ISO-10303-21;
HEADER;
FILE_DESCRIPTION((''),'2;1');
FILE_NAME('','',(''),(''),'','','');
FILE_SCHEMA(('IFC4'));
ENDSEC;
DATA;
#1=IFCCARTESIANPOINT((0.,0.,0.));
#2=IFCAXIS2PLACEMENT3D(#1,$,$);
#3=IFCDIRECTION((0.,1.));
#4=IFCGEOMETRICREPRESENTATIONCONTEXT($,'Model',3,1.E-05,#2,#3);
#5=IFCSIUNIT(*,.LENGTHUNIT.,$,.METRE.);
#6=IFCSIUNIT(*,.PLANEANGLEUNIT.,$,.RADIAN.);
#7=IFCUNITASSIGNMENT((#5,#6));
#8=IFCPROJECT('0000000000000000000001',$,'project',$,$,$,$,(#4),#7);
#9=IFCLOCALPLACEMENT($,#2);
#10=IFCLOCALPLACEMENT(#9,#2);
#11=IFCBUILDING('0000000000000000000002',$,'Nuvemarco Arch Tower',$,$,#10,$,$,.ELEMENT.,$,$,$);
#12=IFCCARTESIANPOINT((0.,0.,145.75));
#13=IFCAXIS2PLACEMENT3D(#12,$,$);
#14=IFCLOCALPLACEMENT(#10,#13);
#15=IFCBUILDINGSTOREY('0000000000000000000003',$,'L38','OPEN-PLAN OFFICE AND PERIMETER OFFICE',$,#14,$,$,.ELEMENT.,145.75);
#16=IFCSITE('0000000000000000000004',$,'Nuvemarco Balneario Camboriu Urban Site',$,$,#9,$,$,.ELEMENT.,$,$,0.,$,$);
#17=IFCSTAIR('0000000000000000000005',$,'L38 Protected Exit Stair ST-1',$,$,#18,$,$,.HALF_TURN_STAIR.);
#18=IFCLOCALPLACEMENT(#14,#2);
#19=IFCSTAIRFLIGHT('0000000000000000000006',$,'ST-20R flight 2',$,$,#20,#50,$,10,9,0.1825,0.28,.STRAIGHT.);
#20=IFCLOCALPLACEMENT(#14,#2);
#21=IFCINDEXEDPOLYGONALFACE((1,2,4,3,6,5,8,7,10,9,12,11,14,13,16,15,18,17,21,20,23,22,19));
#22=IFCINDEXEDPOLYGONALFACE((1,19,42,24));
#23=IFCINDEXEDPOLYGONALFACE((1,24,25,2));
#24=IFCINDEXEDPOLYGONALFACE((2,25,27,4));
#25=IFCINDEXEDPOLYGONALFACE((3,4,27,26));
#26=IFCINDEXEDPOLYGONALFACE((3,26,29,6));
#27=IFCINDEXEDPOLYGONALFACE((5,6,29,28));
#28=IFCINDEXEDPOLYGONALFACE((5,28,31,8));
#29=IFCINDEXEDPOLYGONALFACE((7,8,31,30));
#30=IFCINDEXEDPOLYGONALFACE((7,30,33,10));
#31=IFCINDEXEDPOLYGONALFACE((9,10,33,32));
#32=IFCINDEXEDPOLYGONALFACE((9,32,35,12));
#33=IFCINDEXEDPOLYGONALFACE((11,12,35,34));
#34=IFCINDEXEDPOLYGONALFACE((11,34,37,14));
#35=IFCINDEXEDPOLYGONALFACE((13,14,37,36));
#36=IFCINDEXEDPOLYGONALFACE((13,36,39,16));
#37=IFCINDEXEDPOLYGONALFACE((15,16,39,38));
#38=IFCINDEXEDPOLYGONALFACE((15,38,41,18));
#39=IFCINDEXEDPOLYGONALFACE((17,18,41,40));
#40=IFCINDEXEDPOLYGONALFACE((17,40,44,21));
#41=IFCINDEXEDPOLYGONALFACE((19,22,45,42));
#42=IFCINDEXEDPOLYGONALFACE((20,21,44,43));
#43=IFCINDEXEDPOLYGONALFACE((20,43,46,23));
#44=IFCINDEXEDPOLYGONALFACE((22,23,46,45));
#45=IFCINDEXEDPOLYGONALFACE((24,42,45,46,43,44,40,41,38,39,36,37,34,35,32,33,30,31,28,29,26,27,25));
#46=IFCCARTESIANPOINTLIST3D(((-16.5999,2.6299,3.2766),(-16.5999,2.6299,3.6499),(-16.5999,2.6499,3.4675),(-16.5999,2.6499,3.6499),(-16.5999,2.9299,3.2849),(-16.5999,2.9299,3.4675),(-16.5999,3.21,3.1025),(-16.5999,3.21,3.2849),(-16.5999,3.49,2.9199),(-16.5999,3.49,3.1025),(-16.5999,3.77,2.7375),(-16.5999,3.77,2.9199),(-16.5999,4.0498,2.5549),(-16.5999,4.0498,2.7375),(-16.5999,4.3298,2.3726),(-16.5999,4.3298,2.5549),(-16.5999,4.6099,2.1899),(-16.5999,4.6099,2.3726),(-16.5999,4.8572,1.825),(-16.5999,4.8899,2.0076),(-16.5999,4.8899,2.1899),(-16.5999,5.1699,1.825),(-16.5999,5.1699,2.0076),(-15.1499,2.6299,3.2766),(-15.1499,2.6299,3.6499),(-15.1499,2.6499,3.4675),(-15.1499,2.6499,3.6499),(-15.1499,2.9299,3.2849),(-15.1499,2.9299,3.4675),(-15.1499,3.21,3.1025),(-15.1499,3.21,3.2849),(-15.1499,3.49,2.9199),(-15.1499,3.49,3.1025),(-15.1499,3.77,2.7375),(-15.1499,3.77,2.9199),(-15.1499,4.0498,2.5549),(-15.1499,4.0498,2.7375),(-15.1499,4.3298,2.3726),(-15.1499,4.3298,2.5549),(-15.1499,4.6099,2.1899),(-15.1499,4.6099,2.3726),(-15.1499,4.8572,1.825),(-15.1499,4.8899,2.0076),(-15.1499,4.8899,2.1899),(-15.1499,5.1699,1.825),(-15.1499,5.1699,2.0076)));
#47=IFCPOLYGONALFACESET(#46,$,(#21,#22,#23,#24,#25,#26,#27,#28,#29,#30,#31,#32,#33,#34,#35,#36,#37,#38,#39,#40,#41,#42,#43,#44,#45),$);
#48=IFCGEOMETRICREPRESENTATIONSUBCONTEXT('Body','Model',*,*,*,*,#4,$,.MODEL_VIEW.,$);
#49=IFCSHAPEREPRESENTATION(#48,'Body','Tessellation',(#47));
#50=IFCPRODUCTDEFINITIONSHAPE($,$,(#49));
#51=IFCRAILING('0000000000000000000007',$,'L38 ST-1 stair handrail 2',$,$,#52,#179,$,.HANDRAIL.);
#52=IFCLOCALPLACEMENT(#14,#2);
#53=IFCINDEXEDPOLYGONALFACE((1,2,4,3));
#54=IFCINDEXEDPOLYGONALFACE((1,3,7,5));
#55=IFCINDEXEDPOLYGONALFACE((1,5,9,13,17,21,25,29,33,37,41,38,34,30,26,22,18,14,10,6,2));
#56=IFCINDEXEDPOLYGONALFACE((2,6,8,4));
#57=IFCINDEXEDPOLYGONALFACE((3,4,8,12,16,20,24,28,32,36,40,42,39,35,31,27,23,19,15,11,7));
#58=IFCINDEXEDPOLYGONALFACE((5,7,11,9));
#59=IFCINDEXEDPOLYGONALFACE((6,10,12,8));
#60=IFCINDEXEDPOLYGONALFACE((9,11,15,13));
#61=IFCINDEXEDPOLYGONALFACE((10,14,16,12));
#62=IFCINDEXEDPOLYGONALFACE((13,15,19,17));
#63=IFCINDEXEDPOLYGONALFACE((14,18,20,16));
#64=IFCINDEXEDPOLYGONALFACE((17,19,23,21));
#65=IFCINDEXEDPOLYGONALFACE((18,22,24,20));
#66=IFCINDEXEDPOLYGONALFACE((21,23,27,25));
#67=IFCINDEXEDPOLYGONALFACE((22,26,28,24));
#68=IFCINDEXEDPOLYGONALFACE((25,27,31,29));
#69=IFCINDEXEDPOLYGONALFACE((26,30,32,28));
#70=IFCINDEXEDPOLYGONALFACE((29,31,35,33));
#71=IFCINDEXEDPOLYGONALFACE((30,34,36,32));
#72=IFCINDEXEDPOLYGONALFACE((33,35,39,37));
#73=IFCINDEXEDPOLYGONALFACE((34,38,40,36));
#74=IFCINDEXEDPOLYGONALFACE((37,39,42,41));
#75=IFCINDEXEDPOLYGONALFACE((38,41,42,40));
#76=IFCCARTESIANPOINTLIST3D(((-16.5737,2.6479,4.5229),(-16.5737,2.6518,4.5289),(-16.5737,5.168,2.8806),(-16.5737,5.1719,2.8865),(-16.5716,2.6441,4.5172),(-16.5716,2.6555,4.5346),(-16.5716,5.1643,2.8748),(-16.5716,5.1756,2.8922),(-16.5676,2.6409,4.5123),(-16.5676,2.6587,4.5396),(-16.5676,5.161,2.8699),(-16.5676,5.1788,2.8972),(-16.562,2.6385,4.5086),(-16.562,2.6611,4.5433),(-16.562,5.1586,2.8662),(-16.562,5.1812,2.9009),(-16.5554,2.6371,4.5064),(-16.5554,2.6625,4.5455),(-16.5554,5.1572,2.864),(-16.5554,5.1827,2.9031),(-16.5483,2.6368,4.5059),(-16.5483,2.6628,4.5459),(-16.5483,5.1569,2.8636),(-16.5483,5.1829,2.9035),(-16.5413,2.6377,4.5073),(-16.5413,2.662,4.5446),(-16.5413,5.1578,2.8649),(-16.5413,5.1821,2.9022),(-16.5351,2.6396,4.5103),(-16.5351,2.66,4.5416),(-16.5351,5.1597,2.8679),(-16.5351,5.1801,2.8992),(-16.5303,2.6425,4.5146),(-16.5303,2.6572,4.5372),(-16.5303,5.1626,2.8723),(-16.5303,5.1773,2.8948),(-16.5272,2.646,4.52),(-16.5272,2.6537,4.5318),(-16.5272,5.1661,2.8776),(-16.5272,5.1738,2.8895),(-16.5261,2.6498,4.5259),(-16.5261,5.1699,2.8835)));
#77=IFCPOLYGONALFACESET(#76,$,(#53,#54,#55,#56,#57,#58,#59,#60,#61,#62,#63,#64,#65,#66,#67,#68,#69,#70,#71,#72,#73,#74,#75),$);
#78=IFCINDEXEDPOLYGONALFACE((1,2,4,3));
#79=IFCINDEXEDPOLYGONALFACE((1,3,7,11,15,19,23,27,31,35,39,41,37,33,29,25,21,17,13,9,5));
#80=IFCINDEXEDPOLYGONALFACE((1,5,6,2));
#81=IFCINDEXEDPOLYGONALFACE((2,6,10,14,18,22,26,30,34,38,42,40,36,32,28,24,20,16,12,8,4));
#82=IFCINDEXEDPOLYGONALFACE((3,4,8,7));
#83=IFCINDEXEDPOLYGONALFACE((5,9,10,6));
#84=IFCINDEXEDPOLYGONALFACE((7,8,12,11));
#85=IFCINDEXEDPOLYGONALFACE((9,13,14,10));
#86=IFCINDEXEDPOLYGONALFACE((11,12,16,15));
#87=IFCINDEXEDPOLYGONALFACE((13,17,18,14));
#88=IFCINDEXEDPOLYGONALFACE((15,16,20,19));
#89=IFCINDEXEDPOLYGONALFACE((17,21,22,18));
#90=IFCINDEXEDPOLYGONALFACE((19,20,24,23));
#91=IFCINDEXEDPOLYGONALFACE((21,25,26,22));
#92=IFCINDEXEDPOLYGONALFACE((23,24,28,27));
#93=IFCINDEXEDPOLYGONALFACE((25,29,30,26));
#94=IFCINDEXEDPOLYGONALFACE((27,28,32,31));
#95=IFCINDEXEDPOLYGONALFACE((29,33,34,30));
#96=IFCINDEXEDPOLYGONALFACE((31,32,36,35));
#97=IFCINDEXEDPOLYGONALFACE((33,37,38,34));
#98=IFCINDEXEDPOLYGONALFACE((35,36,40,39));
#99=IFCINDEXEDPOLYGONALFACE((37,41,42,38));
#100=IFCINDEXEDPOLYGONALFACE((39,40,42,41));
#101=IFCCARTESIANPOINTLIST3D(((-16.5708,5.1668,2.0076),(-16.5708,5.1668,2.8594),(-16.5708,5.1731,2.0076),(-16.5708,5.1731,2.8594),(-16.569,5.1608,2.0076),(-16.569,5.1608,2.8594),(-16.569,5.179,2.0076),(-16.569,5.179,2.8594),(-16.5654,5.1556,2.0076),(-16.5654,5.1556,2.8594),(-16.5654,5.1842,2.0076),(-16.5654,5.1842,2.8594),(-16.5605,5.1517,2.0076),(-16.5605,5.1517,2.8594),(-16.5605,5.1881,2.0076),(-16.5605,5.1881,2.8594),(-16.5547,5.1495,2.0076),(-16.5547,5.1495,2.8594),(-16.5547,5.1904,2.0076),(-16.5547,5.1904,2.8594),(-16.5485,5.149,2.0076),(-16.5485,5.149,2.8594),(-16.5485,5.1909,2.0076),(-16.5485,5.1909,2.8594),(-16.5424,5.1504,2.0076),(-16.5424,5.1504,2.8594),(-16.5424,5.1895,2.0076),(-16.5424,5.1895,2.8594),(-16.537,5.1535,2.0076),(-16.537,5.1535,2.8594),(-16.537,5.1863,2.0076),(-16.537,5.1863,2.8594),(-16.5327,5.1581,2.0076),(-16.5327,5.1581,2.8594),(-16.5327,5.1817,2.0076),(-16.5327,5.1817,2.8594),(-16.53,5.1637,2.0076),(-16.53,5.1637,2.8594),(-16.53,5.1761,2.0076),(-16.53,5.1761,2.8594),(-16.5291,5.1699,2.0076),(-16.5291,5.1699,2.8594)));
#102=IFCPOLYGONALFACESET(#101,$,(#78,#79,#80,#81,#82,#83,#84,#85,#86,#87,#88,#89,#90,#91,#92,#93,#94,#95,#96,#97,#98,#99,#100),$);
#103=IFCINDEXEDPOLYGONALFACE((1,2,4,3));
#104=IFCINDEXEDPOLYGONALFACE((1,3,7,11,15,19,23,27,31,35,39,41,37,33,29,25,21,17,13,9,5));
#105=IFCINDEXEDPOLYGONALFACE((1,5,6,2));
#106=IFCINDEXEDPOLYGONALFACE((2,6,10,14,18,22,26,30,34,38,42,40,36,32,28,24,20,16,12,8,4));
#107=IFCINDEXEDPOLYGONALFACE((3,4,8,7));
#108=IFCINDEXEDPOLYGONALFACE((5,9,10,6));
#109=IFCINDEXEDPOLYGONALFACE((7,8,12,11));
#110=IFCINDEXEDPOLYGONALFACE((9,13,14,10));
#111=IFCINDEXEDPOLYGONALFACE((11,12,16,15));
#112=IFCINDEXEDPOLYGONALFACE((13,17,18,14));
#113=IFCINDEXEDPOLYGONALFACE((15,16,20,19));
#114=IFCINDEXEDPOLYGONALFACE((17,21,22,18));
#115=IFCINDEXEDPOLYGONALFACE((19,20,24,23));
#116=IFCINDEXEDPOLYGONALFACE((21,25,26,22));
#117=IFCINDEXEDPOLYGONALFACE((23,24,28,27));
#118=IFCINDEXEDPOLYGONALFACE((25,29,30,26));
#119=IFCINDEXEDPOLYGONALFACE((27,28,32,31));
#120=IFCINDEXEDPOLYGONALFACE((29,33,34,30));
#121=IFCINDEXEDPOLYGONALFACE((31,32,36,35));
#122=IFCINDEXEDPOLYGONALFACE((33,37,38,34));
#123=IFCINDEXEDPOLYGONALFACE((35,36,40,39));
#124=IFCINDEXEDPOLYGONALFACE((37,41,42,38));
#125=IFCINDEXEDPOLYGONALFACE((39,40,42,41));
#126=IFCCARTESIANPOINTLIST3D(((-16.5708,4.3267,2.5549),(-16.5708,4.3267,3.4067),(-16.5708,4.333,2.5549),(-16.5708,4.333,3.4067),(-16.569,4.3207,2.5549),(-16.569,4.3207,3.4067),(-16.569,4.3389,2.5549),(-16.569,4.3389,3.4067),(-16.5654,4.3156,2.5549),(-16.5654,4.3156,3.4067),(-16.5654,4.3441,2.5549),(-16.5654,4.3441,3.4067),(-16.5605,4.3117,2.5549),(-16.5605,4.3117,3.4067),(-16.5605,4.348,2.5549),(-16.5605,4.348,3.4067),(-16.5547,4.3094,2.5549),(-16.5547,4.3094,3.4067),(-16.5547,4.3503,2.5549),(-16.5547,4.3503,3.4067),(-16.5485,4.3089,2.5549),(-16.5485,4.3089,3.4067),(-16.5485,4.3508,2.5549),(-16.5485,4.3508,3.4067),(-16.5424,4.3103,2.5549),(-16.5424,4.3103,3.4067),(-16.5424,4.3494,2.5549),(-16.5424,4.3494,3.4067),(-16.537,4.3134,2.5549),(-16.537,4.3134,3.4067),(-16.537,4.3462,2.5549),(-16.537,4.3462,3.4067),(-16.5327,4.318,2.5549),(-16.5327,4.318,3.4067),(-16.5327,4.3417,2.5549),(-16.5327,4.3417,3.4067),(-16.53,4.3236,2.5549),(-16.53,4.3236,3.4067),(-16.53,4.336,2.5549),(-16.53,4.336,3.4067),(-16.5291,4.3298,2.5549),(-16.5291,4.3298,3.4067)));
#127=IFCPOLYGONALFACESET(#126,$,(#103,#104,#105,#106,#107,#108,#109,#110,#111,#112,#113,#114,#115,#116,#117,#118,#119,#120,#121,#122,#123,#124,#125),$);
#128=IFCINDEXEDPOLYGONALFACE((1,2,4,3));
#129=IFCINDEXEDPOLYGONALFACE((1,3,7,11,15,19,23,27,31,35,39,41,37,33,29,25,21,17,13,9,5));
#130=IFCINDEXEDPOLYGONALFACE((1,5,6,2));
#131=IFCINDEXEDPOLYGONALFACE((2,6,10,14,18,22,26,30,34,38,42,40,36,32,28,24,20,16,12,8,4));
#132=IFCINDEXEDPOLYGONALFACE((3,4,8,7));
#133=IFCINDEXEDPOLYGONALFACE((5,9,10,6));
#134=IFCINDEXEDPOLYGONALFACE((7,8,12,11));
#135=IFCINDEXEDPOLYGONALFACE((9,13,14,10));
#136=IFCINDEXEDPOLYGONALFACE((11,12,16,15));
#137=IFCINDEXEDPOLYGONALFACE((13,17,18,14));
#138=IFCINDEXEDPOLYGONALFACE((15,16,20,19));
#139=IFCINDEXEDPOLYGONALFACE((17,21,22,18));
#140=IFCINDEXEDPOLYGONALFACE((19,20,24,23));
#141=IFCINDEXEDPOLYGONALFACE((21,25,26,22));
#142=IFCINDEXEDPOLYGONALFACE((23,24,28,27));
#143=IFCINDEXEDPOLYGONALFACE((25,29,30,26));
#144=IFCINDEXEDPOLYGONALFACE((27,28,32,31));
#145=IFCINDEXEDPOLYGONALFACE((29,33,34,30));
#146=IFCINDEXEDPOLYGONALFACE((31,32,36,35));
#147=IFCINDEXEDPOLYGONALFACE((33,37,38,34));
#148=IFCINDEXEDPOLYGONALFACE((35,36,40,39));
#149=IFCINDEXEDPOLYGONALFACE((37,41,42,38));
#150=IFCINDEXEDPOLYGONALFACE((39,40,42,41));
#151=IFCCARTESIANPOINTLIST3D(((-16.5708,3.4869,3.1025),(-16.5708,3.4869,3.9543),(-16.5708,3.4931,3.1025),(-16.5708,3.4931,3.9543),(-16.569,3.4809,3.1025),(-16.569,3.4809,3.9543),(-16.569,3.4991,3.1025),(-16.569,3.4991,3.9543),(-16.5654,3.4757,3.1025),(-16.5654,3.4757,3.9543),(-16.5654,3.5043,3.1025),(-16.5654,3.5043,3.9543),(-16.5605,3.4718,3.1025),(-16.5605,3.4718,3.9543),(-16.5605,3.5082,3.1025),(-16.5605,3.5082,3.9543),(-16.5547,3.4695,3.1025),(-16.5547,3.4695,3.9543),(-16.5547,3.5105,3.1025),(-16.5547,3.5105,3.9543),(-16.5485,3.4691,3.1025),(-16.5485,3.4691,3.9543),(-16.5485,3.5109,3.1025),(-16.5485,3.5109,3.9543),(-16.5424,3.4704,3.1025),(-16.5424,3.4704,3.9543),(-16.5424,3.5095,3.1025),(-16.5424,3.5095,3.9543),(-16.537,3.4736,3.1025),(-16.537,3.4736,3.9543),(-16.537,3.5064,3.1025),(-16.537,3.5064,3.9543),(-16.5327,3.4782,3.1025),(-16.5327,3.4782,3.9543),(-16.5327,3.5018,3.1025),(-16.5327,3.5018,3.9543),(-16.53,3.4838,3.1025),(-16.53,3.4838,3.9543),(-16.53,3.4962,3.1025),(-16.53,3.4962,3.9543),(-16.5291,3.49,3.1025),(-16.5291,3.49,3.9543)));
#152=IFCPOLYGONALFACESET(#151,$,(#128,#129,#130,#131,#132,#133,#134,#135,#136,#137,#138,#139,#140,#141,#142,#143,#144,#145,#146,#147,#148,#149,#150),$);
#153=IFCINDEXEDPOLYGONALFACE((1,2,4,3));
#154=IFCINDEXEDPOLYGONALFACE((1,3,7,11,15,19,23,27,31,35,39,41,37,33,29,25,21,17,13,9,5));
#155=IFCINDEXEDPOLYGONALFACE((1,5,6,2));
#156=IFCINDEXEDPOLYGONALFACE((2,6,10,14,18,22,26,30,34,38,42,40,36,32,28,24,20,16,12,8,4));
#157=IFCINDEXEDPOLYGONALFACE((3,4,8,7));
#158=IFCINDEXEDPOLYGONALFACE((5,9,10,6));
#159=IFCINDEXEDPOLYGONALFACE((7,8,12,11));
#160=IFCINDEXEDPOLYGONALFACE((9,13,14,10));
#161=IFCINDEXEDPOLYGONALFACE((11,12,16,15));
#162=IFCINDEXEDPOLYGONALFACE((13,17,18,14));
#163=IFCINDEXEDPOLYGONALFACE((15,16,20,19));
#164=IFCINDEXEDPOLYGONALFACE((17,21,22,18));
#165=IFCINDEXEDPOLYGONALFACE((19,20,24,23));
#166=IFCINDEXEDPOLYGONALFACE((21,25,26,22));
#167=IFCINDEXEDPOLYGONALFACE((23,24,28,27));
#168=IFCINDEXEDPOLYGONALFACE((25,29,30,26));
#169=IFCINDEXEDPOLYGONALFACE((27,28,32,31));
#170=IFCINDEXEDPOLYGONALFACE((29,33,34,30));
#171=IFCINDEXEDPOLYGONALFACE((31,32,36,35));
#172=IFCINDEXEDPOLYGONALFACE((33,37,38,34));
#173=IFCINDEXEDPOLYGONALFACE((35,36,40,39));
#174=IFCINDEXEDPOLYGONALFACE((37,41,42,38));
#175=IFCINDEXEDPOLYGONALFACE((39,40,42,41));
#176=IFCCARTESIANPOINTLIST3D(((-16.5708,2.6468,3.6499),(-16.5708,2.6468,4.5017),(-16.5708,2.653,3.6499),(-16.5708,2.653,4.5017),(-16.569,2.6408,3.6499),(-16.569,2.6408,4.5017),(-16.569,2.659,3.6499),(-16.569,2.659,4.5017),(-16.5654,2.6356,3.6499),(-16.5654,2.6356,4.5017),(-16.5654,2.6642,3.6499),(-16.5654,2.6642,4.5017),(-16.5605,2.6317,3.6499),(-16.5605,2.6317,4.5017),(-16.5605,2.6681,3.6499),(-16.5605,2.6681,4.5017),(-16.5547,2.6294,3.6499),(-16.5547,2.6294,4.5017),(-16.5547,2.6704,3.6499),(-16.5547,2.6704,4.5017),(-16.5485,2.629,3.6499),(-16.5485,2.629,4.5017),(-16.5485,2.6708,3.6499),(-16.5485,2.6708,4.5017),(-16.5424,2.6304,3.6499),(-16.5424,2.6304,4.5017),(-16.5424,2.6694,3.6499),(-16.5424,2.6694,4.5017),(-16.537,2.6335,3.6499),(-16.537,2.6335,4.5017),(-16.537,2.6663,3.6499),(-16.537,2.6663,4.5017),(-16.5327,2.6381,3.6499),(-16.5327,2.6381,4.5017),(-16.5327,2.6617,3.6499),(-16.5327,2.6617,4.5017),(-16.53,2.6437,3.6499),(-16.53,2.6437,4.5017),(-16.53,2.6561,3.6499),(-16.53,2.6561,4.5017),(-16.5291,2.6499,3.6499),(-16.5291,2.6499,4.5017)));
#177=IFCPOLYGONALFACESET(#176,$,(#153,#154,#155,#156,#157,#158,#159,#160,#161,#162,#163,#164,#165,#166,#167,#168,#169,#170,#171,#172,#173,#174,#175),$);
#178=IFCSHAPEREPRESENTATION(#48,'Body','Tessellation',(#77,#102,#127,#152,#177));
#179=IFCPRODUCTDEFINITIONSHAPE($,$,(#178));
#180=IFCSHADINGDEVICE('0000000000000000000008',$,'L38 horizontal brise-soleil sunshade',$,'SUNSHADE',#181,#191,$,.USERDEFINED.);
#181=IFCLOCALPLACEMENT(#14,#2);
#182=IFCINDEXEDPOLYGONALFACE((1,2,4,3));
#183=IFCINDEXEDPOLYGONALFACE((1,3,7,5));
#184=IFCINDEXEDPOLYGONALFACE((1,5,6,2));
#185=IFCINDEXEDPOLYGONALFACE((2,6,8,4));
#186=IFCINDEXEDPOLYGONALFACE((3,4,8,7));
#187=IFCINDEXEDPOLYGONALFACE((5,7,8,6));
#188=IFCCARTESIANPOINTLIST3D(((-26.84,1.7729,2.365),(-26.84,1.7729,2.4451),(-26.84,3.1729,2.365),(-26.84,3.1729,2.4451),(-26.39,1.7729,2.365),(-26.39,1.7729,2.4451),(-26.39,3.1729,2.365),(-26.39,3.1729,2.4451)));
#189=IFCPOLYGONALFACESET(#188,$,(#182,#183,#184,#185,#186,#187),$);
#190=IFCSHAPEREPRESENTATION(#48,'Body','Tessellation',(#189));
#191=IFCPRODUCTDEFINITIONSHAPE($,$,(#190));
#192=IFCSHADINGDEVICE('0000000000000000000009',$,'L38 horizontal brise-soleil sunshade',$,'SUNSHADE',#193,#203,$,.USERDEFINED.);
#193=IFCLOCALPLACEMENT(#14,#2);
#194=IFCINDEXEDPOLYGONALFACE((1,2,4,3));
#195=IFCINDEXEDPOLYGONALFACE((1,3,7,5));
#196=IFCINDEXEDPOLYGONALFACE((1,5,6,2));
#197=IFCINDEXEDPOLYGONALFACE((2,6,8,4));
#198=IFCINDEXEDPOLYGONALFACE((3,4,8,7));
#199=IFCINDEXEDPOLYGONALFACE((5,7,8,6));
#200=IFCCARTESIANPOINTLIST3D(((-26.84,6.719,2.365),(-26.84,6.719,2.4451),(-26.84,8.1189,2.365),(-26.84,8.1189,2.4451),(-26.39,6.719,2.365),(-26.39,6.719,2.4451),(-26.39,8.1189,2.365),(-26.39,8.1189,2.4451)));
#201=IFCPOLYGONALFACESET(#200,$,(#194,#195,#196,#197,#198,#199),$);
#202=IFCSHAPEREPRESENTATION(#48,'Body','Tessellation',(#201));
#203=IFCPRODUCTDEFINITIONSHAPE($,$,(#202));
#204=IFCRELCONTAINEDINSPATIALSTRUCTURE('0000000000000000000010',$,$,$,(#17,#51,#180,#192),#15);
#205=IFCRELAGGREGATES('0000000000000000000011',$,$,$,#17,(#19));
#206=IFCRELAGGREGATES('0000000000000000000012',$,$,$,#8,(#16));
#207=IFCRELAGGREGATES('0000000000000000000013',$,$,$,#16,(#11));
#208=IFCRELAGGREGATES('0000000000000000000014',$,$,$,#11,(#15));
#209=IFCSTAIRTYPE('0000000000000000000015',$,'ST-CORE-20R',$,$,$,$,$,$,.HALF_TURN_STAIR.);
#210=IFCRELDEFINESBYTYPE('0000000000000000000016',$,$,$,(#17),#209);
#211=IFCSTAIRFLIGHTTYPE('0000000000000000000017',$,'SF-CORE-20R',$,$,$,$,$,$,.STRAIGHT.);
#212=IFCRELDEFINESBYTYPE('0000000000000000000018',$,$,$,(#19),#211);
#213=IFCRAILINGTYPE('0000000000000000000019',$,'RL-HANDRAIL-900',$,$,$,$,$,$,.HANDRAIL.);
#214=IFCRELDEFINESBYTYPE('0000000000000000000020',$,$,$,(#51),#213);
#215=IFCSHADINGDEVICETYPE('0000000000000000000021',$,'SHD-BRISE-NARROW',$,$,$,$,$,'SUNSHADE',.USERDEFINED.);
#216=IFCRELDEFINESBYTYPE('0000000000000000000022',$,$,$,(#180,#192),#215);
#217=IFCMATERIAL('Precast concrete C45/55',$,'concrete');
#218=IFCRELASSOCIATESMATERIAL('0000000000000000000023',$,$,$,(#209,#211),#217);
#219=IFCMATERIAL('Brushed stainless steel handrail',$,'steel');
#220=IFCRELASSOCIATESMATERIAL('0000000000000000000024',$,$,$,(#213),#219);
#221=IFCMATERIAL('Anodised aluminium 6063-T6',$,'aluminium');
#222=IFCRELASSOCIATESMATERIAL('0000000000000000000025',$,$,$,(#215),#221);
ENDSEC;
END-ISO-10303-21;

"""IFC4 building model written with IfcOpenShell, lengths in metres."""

from ifc_helpers import new_model, si_unit, direction, frame, origin, origin_2d, place, context, subcontext, project, spatial, polyline, rectangle, circle, outline, extrude, source, transform, mapped, material, type_object, type_shapes, element, aggregate, save


model = new_model("IFC4")

# Units and contexts
model_context = context("Model", 3, precision=1e-05, world=origin(), true_north=direction((0.0, 1.0)))
body_context = subcontext(model_context, "Body", "Model", "MODEL_VIEW")
ifc_project = project(units=[si_unit("LENGTHUNIT", "METRE"), si_unit("PLANEANGLEUNIT", "RADIAN")], contexts=[model_context])

# Site, building, storey
site_placement = place(None, origin())
site = spatial("IfcSite", under=ifc_project, at=site_placement, Name="Nuvemarco Balneario Camboriu Urban Site", CompositionType="ELEMENT", RefElevation=0.0)
building_placement = place(site_placement, origin())
building = spatial("IfcBuilding", under=site, at=building_placement, Name="Nuvemarco Arch Tower", CompositionType="ELEMENT")
storey_placement = place(building_placement, frame((0.0, 0.0, 145.75)))
storey = spatial("IfcBuildingStorey", under=building, at=storey_placement, Name="L38", Description="OPEN-PLAN OFFICE AND PERIMETER OFFICE", CompositionType="ELEMENT", Elevation=145.75)

# Shared definitions
ifc_material_1 = material(Name="Precast concrete C45/55", Category="concrete")

# Stair, stair flight
stair_type = type_object("IfcStairType", Name="ST-CORE-20R", PredefinedType="HALF_TURN_STAIR", material=ifc_material_1)
stair_placement = place(storey_placement, origin())
stair = element("IfcStair", 1, at=stair_placement, inside=storey, type_object=stair_type, Name="L38 Protected Exit Stair ST-1", PredefinedType="HALF_TURN_STAIR")
stair_flight_type = type_object("IfcStairFlightType", Name="SF-CORE-20R", PredefinedType="STRAIGHT", material=ifc_material_1)
stair_flight_placement = place(storey_placement, frame((-15.875, 5.1699, 1.825), z_axis=(0.0, 0.0, 1.0), x_axis=(0.0, -1.0, 0.0)))
stair_flight = element("IfcStairFlight", 2, at=stair_flight_placement, type_object=stair_flight_type, Name="ST-20R flight 2", NumberOfRisers=10, NumberOfTreads=9, PredefinedType="STRAIGHT", RiserHeight=0.1825, TreadLength=0.28, context=body_context, shape_type="SweptSolid", body=[
    extrude(outline(polyline([(0.0, 0.0), (0.0, 0.1826), (0.28, 0.1826), (0.28, 0.365), (0.5601, 0.365), (0.5601, 0.5476), (0.8401, 0.5476), (0.8401, 0.73), (1.1201, 0.73), (1.1201, 0.9126), (1.3999, 0.9126), (1.3999, 1.095), (1.6799, 1.095), (1.6799, 1.2776), (1.96, 1.2776), (1.96, 1.46), (2.24, 1.46), (2.24, 1.6426), (2.52, 1.6426), (2.52, 1.825), (2.54, 1.825), (2.54, 1.4517), (0.3127, 0.0), (0.0, 0.0)])), frame((0.0, 0.7251, 0.0), z_axis=(0.0, -1.0, 0.0), x_axis=(1.0, 0.0, 0.0)), (0.0, 0.0, 1.0), 1.45),
])
aggregate(stair, [stair_flight])

# Railing
ifc_material_2 = material(Name="Brushed stainless steel handrail", Category="steel")
railing_type = type_object("IfcRailingType", Name="RL-HANDRAIL-900", PredefinedType="HANDRAIL", material=ifc_material_2)
railing_placement = place(storey_placement, frame((-16.55, 5.1699, 2.0076)))
element("IfcRailing", 3, at=railing_placement, inside=storey, type_object=railing_type, Name="L38 ST-1 stair handrail 2", PredefinedType="HANDRAIL", context=body_context, shape_type="SweptSolid", body=[
    extrude(circle(Radius=0.0239, at=origin_2d()), frame((0.0, 0.0, 0.876), z_axis=(0.0, -0.837787, 0.545998), x_axis=(1.0, 0.0, 0.0)), (0.0, 0.0, 1.0), 3.0081),
    extrude(circle(Radius=0.021, at=origin_2d()), origin(), (0.0, 0.0, 1.0), 0.8518),
    extrude(circle(Radius=0.021, at=origin_2d()), frame((0.0, -0.8401, 0.5474)), (0.0, 0.0, 1.0), 0.8518),
    extrude(circle(Radius=0.021, at=origin_2d()), frame((0.0, -1.6799, 1.095)), (0.0, 0.0, 1.0), 0.8518),
    extrude(circle(Radius=0.021, at=origin_2d()), frame((0.0, -2.52, 1.6423)), (0.0, 0.0, 1.0), 0.8518),
])

# Shading devices
ifc_material_3 = material(Name="Anodised aluminium 6063-T6", Category="aluminium")
shading_device_type = type_object("IfcShadingDeviceType", Name="SHD-BRISE-NARROW", ElementType="SUNSHADE", PredefinedType="USERDEFINED", material=ifc_material_3)
shared_shape = source(origin(), body_context, "Body", "SweptSolid", [
    extrude(rectangle(XDim=1.3999, YDim=0.45, at=origin_2d()), origin(), (0.0, 0.0, 1.0), 0.0801),
])
type_shapes(shading_device_type, [shared_shape])
for number, where, z_axis, x_axis, name in (
    (4, (-26.615, 2.4729, 2.365), (0.0, 0.0, 1.0), (0.0, 1.0, 0.0), "L38 horizontal brise-soleil sunshade"),
    (5, (-26.615, 7.4189, 2.365), (0.0, 0.0, 1.0), (0.0, 1.0, 0.0), "L38 horizontal brise-soleil sunshade"),
):
    element("IfcShadingDevice", number, at=place(storey_placement, frame(where, z_axis=z_axis, x_axis=x_axis)), inside=storey, type_object=shading_device_type, Name=name, ObjectType="SUNSHADE", PredefinedType="USERDEFINED", context=body_context, shape_type="MappedRepresentation", body=[
        mapped(shared_shape, transform((0.0, 0.0, 0.0), scale=1.0)),
    ])

save(model, "model.ifc")
